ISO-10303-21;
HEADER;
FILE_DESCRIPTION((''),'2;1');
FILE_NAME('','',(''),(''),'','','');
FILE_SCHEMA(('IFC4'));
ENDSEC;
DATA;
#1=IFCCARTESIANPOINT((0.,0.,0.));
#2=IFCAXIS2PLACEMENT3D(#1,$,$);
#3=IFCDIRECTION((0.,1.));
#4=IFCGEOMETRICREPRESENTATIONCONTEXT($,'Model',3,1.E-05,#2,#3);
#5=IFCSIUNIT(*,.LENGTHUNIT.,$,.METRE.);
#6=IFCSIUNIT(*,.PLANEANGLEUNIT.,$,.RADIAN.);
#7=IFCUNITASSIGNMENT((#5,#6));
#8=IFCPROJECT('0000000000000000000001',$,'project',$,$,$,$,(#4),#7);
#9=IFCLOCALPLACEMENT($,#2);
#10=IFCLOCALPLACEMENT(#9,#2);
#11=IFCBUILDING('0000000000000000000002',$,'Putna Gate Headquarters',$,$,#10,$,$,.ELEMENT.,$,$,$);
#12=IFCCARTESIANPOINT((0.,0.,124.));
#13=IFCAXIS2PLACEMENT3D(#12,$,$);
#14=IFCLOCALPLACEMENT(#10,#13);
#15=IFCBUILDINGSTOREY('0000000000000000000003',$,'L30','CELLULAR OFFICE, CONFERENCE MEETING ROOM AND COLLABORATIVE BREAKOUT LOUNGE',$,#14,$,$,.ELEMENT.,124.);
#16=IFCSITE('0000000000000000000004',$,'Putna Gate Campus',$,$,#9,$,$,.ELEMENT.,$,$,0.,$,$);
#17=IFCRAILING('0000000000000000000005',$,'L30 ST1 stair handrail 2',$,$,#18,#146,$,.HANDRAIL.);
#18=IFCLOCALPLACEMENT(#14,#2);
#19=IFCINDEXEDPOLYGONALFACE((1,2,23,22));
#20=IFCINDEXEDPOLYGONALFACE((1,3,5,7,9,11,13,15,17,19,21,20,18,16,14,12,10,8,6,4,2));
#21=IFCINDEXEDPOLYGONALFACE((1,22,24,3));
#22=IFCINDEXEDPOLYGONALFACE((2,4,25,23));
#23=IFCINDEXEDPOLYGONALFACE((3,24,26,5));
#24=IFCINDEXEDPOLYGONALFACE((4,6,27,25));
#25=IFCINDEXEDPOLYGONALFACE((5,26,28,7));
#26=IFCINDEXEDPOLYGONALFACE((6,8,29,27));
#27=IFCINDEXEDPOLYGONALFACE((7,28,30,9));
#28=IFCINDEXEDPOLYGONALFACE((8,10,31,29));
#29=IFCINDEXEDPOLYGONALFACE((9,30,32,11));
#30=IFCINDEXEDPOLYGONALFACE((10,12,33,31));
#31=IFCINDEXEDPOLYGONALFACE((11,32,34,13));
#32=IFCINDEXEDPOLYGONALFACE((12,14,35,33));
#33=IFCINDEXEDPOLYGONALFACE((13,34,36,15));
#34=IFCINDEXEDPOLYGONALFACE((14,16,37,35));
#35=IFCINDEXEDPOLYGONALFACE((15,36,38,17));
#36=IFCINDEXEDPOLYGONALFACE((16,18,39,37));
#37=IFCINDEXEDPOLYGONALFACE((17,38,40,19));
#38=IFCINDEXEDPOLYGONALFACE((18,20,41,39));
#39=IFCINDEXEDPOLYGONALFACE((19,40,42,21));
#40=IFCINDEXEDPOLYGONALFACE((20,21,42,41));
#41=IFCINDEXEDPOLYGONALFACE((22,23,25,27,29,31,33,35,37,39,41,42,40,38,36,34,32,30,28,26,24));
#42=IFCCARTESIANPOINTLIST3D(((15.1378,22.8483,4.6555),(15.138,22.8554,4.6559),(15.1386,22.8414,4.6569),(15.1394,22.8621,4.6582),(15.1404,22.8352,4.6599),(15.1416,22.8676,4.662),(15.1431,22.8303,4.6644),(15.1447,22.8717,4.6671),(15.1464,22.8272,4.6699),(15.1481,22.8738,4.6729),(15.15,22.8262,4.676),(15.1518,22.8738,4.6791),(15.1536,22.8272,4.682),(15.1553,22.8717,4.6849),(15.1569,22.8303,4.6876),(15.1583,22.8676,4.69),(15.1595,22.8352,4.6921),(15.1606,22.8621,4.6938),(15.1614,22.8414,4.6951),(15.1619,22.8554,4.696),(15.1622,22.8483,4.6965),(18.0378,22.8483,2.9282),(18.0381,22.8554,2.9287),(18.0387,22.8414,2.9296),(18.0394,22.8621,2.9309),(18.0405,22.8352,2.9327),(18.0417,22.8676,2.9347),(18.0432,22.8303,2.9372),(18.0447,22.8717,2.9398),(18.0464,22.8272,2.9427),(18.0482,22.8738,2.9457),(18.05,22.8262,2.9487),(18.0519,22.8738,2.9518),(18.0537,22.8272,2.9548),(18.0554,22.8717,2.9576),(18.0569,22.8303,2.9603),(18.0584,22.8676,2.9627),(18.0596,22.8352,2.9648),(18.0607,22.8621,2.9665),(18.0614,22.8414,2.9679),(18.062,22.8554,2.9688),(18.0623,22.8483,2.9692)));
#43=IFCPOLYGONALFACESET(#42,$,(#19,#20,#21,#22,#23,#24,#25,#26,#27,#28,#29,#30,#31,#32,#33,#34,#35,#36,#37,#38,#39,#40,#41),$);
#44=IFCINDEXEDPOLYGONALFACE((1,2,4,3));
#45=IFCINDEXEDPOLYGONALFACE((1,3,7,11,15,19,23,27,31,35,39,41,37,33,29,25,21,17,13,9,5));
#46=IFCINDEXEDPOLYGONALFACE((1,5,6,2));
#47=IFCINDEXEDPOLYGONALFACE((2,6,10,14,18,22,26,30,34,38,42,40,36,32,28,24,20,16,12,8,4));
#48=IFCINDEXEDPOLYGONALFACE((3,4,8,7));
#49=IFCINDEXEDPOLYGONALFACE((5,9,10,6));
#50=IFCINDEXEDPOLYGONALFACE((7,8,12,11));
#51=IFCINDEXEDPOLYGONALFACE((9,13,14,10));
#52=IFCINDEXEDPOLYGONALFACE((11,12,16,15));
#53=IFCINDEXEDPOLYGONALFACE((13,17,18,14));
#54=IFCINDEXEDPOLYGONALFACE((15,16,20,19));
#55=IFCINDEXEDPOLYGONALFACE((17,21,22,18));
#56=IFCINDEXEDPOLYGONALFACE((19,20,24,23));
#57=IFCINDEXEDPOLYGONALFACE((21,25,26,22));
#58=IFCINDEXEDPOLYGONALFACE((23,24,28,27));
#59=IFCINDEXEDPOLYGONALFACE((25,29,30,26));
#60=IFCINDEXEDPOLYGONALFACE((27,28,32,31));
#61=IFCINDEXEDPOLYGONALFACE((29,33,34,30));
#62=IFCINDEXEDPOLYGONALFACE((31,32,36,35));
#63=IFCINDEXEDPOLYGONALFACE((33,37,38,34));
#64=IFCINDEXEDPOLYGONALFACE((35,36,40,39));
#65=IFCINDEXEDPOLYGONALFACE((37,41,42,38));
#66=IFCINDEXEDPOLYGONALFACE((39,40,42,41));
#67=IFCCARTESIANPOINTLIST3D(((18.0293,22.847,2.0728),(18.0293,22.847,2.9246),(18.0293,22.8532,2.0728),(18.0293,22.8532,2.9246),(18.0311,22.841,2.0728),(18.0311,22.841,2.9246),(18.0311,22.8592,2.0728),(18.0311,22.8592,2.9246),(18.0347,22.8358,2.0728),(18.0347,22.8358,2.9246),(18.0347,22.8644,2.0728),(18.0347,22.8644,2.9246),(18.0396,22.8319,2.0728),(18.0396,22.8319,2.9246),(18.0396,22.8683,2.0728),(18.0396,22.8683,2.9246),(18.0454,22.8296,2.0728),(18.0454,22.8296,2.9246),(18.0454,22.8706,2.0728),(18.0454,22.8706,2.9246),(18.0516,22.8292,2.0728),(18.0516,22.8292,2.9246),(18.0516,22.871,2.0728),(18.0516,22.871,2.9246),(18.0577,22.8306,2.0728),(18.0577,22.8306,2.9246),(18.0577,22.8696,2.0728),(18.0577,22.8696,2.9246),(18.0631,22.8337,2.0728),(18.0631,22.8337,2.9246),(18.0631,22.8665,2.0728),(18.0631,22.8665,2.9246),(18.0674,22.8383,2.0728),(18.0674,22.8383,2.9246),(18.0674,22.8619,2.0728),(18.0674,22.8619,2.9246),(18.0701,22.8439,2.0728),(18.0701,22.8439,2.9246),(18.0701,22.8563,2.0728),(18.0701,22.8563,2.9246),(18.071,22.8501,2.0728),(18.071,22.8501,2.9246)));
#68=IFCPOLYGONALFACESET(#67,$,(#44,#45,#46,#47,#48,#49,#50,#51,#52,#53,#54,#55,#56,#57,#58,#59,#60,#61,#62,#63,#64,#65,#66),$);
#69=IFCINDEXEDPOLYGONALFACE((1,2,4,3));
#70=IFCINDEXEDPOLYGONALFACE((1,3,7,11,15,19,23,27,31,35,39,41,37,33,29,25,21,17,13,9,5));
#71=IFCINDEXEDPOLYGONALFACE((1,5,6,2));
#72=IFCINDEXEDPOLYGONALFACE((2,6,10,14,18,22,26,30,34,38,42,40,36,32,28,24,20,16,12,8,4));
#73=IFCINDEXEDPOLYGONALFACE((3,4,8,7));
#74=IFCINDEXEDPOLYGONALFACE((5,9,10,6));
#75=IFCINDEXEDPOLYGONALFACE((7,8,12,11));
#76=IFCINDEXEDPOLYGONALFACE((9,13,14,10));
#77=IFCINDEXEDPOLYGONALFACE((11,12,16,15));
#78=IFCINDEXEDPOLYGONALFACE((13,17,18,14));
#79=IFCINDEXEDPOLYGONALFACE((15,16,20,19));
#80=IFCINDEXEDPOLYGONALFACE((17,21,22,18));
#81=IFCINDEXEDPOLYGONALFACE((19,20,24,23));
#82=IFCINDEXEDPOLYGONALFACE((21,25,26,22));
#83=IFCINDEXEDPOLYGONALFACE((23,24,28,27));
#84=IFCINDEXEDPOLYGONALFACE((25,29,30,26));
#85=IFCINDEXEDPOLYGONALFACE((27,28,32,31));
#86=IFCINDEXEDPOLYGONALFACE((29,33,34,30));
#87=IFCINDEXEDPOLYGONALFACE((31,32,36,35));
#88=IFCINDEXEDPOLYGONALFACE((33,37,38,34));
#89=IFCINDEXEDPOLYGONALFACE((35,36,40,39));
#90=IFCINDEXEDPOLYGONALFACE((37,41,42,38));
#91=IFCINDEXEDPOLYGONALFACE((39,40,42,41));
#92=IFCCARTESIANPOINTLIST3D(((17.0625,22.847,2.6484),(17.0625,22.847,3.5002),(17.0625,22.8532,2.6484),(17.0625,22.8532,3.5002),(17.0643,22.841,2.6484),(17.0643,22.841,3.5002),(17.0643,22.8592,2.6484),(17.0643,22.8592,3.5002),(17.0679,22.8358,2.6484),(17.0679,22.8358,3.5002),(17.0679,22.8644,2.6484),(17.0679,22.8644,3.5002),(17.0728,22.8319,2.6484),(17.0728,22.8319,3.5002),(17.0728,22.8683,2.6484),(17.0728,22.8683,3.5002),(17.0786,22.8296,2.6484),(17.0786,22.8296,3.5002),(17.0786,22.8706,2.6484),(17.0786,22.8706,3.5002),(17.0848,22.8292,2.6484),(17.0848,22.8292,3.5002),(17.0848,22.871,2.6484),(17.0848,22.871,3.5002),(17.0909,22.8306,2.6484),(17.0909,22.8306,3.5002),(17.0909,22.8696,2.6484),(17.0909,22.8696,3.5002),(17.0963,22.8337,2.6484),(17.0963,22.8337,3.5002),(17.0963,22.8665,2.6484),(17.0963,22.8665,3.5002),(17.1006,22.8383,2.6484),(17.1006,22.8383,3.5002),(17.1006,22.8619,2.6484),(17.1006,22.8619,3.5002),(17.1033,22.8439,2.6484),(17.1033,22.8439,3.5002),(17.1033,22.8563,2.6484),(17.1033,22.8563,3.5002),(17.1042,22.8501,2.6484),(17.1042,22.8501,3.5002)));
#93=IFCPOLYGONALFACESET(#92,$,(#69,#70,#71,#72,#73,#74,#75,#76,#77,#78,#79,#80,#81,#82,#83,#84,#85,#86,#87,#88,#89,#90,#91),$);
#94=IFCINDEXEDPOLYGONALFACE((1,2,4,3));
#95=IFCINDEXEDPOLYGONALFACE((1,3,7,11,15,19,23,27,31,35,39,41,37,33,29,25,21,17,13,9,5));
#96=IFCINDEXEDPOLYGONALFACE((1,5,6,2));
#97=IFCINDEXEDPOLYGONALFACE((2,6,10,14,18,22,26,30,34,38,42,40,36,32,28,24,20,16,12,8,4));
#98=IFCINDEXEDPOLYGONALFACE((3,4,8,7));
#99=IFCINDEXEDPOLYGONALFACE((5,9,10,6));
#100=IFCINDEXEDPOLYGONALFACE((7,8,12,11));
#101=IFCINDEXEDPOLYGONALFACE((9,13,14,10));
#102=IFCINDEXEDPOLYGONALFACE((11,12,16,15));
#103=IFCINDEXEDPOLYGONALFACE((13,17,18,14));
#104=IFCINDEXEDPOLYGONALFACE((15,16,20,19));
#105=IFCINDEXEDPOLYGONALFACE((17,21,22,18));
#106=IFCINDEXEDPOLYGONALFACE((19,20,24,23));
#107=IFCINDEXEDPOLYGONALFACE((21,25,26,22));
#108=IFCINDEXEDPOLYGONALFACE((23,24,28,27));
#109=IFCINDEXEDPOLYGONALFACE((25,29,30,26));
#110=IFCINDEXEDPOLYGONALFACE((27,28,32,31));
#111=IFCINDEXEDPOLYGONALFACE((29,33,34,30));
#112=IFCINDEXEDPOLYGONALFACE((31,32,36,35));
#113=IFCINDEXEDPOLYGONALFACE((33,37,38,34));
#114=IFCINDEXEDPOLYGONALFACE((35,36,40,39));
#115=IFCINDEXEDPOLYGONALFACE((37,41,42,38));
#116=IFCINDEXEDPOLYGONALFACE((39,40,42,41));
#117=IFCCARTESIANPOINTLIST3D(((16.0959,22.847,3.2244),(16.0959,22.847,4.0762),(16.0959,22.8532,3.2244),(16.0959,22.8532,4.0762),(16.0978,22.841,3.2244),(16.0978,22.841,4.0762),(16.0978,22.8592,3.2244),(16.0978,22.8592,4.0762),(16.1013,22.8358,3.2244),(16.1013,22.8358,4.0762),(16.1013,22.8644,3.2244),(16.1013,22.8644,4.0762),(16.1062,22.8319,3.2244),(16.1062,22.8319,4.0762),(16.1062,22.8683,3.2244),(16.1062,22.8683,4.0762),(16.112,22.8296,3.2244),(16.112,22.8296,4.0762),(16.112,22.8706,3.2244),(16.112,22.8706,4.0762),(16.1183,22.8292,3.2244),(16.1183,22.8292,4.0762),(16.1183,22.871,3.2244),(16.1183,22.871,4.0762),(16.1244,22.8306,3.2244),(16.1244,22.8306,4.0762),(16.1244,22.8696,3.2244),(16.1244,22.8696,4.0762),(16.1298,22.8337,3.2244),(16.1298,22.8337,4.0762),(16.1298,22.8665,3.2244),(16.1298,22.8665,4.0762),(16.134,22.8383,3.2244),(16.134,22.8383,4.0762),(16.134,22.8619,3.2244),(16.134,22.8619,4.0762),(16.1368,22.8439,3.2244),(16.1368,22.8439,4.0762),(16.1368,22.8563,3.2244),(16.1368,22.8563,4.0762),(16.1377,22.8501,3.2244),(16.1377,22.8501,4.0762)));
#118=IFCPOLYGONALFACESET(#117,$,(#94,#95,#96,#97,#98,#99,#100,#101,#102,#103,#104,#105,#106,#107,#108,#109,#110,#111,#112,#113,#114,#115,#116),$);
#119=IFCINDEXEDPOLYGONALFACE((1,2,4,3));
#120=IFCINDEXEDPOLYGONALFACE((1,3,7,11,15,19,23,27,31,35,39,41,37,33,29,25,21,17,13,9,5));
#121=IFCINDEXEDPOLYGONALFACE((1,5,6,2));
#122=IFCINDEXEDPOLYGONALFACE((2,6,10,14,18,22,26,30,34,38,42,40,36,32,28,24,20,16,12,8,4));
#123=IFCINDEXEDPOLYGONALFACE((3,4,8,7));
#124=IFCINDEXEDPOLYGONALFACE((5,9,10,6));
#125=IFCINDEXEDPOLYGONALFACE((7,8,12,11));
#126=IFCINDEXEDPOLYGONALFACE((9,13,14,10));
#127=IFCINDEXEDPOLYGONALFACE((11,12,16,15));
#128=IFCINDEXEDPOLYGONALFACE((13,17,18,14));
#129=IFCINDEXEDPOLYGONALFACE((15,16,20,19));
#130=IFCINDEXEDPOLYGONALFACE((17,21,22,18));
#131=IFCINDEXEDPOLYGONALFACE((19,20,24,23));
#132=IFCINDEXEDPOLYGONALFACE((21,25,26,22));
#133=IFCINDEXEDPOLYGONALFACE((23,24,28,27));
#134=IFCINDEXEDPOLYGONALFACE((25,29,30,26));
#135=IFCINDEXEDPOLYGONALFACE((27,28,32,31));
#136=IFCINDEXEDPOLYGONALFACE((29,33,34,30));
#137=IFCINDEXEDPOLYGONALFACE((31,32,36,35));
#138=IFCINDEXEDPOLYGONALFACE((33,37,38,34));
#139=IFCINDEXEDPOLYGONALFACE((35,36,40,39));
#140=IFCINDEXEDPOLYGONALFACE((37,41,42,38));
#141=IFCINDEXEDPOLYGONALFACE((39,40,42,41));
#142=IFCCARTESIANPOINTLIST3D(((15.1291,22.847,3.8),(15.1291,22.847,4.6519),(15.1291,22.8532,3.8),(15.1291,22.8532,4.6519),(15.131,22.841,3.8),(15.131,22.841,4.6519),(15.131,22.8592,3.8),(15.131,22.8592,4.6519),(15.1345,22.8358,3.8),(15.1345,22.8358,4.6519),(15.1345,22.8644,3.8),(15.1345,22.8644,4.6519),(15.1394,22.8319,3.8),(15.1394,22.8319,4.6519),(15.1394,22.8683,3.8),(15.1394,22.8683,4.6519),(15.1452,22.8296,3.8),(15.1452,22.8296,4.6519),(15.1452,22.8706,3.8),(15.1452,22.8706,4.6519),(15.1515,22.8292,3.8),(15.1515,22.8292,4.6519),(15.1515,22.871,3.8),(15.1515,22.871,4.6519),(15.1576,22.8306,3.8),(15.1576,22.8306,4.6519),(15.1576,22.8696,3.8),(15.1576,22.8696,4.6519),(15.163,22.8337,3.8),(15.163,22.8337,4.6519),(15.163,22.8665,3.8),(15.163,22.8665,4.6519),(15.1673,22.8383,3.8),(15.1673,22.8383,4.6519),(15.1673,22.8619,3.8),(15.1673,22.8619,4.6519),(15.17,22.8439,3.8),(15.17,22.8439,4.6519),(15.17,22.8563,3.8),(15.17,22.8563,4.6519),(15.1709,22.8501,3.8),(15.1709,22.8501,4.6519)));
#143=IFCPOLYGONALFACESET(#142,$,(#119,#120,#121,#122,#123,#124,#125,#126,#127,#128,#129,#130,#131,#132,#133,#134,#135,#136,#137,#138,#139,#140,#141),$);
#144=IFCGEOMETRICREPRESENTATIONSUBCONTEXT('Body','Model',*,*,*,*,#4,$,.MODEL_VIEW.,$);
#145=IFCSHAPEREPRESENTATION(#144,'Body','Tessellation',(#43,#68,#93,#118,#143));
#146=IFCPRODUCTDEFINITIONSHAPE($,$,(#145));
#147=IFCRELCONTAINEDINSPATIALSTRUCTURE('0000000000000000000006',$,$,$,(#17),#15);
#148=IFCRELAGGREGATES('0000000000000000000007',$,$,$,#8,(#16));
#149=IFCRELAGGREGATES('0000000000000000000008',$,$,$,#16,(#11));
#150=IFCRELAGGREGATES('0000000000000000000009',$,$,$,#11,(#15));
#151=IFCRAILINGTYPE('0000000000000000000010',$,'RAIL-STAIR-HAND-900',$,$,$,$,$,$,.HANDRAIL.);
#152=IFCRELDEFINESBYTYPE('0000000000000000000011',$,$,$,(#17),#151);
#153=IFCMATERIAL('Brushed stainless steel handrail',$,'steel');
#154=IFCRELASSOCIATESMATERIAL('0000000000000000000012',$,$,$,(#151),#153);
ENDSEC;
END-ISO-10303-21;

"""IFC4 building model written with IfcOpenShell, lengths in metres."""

from ifc_helpers import new_model, si_unit, direction, frame, origin, origin_2d, place, context, subcontext, project, spatial, circle, extrude, material, type_object, element, save


model = new_model("IFC4")

# Units and contexts
model_context = context("Model", 3, precision=1e-05, world=origin(), true_north=direction((0.0, 1.0)))
body_context = subcontext(model_context, "Body", "Model", "MODEL_VIEW")
ifc_project = project(units=[si_unit("LENGTHUNIT", "METRE"), si_unit("PLANEANGLEUNIT", "RADIAN")], contexts=[model_context])

# Site, building, storey
site_placement = place(None, origin())
site = spatial("IfcSite", under=ifc_project, at=site_placement, Name="Putna Gate Campus", CompositionType="ELEMENT", RefElevation=0.0)
building_placement = place(site_placement, origin())
building = spatial("IfcBuilding", under=site, at=building_placement, Name="Putna Gate Headquarters", CompositionType="ELEMENT")
storey_placement = place(building_placement, frame((0.0, 0.0, 124.0)))
storey = spatial("IfcBuildingStorey", under=building, at=storey_placement, Name="L30", Description="CELLULAR OFFICE, CONFERENCE MEETING ROOM AND COLLABORATIVE BREAKOUT LOUNGE", CompositionType="ELEMENT", Elevation=124.0)

# Railing
ifc_material_1 = material(Name="Brushed stainless steel handrail", Category="steel")
railing_type_1 = type_object("IfcRailingType", Name="RAIL-STAIR-HAND-900", PredefinedType="HANDRAIL", material=ifc_material_1)
railing_1_placement = place(storey_placement, frame((18.05, 22.8501, 2.0728)))
element("IfcRailing", 1, at=railing_1_placement, inside=storey, type_object=railing_type_1, Name="L30 ST1 stair handrail 2", PredefinedType="HANDRAIL", context=body_context, shape_type="SweptSolid", body=[
    extrude(circle(Radius=0.0239, at=origin_2d()), frame((0.0, 0.0, 0.876), z_axis=(-0.85916, 0.0, 0.511706), x_axis=(0.0, -1.0, 0.0)), (0.0, 0.0, 1.0), 3.3755),
    extrude(circle(Radius=0.021, at=origin_2d()), origin(), (0.0, 0.0, 1.0), 0.8518),
    extrude(circle(Radius=0.021, at=origin_2d()), frame((-0.9668, 0.0, 0.5757)), (0.0, 0.0, 1.0), 0.8518),
    extrude(circle(Radius=0.021, at=origin_2d()), frame((-1.9333, 0.0, 1.1516)), (0.0, 0.0, 1.0), 0.8518),
    extrude(circle(Radius=0.021, at=origin_2d()), frame((-2.9001, 0.0, 1.7273)), (0.0, 0.0, 1.0), 0.8518),
])

save(model, "model.ifc")
